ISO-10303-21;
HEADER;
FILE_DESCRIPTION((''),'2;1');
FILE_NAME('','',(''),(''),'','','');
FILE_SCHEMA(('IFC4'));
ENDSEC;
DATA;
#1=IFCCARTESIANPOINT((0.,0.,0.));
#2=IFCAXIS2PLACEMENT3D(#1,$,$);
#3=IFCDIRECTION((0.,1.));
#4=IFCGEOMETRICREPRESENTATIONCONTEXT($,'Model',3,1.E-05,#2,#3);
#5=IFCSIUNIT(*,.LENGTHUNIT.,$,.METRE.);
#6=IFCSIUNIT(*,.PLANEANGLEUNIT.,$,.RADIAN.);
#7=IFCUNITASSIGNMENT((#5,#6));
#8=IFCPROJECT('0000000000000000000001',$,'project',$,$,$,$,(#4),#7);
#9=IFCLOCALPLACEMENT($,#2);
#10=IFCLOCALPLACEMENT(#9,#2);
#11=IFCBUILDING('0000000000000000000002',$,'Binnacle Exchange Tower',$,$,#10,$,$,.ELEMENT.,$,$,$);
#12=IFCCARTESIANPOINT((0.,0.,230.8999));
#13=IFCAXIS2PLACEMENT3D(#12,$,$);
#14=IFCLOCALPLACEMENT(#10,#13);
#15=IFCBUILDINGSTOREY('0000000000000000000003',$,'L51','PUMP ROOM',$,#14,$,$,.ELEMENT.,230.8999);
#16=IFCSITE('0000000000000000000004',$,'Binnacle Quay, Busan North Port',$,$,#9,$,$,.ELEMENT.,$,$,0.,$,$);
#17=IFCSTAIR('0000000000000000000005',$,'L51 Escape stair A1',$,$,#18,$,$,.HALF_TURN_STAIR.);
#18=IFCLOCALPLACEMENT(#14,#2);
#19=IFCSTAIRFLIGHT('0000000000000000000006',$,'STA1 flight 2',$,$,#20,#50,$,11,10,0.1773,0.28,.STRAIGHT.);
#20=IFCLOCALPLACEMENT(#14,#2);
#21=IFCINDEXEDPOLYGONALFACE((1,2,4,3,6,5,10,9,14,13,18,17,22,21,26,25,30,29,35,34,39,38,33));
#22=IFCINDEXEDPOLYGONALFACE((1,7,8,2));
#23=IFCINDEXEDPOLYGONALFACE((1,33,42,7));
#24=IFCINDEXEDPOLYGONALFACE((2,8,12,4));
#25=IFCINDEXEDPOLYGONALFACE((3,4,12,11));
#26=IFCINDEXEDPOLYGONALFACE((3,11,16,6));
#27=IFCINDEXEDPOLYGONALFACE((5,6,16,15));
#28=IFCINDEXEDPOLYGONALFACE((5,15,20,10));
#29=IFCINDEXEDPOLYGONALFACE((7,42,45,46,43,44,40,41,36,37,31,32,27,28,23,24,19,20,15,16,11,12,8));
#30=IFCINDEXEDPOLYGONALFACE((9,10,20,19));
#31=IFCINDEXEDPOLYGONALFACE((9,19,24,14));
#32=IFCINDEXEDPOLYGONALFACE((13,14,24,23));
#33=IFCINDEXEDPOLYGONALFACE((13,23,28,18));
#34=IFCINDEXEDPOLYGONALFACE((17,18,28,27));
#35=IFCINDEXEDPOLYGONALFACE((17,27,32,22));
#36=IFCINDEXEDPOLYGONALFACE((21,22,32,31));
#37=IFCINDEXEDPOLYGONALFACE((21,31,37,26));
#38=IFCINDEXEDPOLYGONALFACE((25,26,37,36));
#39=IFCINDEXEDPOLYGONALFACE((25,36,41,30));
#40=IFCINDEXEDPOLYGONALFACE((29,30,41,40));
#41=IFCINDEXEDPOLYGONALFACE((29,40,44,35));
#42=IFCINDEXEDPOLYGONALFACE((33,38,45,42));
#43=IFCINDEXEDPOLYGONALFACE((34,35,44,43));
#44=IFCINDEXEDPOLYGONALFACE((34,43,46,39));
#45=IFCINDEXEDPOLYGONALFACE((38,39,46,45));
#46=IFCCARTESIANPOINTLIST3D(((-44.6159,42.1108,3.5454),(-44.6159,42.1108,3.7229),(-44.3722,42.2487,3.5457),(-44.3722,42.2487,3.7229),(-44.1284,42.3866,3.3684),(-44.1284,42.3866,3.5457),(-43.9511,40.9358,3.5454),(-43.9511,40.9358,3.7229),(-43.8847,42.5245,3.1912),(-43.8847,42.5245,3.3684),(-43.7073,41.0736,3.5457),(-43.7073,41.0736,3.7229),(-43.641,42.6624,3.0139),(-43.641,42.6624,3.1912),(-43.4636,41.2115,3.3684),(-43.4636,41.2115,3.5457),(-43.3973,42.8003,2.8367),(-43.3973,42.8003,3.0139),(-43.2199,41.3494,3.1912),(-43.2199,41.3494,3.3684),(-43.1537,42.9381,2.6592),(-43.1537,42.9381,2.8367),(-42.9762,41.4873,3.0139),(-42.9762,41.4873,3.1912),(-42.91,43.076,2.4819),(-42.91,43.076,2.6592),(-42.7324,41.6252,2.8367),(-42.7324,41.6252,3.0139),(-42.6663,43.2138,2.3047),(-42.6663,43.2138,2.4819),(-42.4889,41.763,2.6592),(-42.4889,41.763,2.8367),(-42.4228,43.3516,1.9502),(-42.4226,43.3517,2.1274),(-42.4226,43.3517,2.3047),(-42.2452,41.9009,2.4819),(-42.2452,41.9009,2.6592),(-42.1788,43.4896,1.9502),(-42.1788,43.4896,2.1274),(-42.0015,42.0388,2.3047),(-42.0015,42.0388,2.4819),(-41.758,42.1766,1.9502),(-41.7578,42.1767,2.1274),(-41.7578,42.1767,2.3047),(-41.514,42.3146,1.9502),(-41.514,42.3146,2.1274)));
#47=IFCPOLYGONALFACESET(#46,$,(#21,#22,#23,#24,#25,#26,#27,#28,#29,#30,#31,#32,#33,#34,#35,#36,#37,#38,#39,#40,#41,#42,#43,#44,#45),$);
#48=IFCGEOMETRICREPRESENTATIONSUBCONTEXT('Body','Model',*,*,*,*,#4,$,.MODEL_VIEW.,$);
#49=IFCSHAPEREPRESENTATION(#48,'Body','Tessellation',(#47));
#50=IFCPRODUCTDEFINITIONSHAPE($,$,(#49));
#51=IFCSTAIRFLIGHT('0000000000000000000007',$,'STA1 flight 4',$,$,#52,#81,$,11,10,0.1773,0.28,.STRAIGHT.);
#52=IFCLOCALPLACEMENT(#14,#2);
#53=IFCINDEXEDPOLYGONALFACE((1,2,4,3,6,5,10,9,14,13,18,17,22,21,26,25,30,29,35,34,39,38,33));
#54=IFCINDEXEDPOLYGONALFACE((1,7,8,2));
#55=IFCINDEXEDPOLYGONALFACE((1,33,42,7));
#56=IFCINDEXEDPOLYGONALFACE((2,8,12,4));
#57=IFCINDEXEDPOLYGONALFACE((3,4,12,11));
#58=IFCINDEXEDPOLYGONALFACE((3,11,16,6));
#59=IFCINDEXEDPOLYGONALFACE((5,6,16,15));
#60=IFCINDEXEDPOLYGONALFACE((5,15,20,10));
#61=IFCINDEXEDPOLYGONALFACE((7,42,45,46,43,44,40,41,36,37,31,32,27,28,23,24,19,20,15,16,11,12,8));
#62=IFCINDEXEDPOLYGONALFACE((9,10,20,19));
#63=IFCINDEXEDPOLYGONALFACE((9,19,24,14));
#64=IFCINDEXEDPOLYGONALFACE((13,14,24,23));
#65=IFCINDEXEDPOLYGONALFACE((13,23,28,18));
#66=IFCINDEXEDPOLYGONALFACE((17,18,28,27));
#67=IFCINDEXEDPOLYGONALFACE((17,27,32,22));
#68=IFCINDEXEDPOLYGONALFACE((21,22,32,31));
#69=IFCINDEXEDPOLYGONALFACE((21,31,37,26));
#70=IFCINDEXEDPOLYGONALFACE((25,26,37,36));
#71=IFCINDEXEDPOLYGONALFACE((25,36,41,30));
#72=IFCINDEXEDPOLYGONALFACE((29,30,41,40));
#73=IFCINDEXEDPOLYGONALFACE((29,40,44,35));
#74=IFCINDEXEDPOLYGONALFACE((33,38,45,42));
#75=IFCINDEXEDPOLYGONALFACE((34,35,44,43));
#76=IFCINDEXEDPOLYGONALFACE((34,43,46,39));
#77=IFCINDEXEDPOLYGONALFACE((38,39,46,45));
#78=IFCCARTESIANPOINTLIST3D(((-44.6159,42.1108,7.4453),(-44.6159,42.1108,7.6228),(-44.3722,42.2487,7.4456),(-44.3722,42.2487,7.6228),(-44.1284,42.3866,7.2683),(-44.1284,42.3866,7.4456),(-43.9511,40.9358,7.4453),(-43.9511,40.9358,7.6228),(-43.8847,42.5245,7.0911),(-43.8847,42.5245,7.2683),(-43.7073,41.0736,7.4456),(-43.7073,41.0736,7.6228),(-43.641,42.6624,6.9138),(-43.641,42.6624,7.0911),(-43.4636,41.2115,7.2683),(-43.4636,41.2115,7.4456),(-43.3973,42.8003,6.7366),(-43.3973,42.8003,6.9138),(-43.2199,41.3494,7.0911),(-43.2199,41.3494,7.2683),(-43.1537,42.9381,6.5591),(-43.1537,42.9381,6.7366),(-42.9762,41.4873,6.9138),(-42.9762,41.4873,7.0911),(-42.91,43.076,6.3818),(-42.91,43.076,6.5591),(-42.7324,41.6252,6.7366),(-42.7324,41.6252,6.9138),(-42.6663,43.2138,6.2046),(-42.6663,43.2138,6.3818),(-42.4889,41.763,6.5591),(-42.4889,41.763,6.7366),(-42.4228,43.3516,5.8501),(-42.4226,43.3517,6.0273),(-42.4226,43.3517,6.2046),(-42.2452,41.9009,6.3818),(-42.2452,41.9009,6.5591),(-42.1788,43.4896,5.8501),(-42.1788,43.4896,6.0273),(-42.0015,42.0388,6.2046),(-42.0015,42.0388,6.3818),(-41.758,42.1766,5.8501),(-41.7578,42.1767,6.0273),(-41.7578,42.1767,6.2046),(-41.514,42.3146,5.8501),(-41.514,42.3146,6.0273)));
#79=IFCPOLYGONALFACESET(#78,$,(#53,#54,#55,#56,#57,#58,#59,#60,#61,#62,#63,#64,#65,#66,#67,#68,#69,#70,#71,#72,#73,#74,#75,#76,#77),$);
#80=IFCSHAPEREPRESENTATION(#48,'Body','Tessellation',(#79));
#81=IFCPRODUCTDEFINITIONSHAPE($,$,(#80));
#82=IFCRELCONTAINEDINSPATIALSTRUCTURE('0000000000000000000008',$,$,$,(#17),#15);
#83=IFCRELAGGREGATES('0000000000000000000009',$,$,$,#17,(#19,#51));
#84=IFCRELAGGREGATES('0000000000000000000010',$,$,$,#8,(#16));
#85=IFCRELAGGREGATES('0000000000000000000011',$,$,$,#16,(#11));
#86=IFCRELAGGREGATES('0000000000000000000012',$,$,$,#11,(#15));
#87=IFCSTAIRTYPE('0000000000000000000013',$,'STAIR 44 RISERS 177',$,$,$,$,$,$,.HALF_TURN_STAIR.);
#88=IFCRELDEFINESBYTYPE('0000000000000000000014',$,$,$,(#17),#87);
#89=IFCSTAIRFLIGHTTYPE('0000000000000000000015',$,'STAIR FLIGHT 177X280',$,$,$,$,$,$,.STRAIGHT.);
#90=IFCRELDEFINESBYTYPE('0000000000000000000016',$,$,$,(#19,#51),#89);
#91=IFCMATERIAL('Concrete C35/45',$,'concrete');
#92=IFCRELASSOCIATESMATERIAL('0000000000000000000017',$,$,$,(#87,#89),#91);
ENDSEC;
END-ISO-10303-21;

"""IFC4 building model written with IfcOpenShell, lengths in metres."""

from ifc_helpers import new_model, si_unit, direction, frame, origin, place, context, subcontext, project, spatial, polyline, outline, extrude, material, type_object, element, aggregate, save


model = new_model("IFC4")

# Units and contexts
model_context = context("Model", 3, precision=1e-05, world=origin(), true_north=direction((0.0, 1.0)))
body_context = subcontext(model_context, "Body", "Model", "MODEL_VIEW")
ifc_project = project(units=[si_unit("LENGTHUNIT", "METRE"), si_unit("PLANEANGLEUNIT", "RADIAN")], contexts=[model_context])

# Site, building, storey
site_placement = place(None, origin())
site = spatial("IfcSite", under=ifc_project, at=site_placement, Name="Binnacle Quay, Busan North Port", CompositionType="ELEMENT", RefElevation=0.0)
building_placement = place(site_placement, origin())
building = spatial("IfcBuilding", under=site, at=building_placement, Name="Binnacle Exchange Tower", CompositionType="ELEMENT")
storey_placement = place(building_placement, frame((0.0, 0.0, 230.8999)))
storey = spatial("IfcBuildingStorey", under=building, at=storey_placement, Name="L51", Description="PUMP ROOM", CompositionType="ELEMENT", Elevation=230.8999)

# Stair, stair flights
ifc_material_1 = material(Name="Concrete C35/45", Category="concrete")
stair_type = type_object("IfcStairType", Name="STAIR 44 RISERS 177", PredefinedType="HALF_TURN_STAIR", material=ifc_material_1)
stair_placement = place(storey_placement, origin())
stair = element("IfcStair", 1, at=stair_placement, inside=storey, type_object=stair_type, Name="L51 Escape stair A1", PredefinedType="HALF_TURN_STAIR")
stair_flight_type = type_object("IfcStairFlightType", Name="STAIR FLIGHT 177X280", PredefinedType="STRAIGHT", material=ifc_material_1)
stair_flight_1_placement = place(storey_placement, frame((-41.8464, 42.9021, 1.9502), z_axis=(0.0, 0.0, 1.0), x_axis=(-0.870356, -0.492424, 0.0)))
stair_flight_1 = element("IfcStairFlight", 2, at=stair_flight_1_placement, type_object=stair_flight_type, Name="STA1 flight 2", NumberOfRisers=11, NumberOfTreads=10, PredefinedType="STRAIGHT", RiserHeight=0.1773, TreadLength=0.28, context=body_context, shape_type="SweptSolid", body=[
    extrude(outline(polyline([(0.0, 0.0), (0.0, 0.1772), (0.28, 0.1772), (0.28, 0.3545), (0.5601, 0.3545), (0.5601, 0.5317), (0.8401, 0.5317), (0.8401, 0.709), (1.1201, 0.709), (1.1201, 0.8865), (1.3999, 0.8865), (1.3999, 1.0637), (1.6799, 1.0637), (1.6799, 1.241), (1.96, 1.241), (1.96, 1.4182), (2.24, 1.4182), (2.24, 1.5955), (2.52, 1.5955), (2.52, 1.7727), (2.8, 1.7727), (2.8, 1.95), (2.8, 1.5952), (0.2803, 0.0), (0.0, 0.0)])), frame((0.0, 0.675, 0.0), z_axis=(0.0, -1.0, 0.0), x_axis=(1.0, 0.0, 0.0)), (0.0, 0.0, 1.0), 1.3501),
])
stair_flight_2_placement = place(storey_placement, frame((-41.8464, 42.9021, 5.8501), z_axis=(0.0, 0.0, 1.0), x_axis=(-0.870356, -0.492424, 0.0)))
stair_flight_2 = element("IfcStairFlight", 3, at=stair_flight_2_placement, type_object=stair_flight_type, Name="STA1 flight 4", NumberOfRisers=11, NumberOfTreads=10, PredefinedType="STRAIGHT", RiserHeight=0.1773, TreadLength=0.28, context=body_context, shape_type="SweptSolid", body=[
    extrude(outline(polyline([(0.0, 0.0), (0.0, 0.1772), (0.28, 0.1772), (0.28, 0.3545), (0.5601, 0.3545), (0.5601, 0.5317), (0.8401, 0.5317), (0.8401, 0.709), (1.1201, 0.709), (1.1201, 0.8865), (1.3999, 0.8865), (1.3999, 1.0637), (1.6799, 1.0637), (1.6799, 1.241), (1.96, 1.241), (1.96, 1.4182), (2.24, 1.4182), (2.24, 1.5955), (2.52, 1.5955), (2.52, 1.7727), (2.8, 1.7727), (2.8, 1.95), (2.8, 1.5952), (0.2803, 0.0), (0.0, 0.0)])), frame((0.0, 0.675, 0.0), z_axis=(0.0, -1.0, 0.0), x_axis=(1.0, 0.0, 0.0)), (0.0, 0.0, 1.0), 1.3501),
])
aggregate(stair, [stair_flight_1, stair_flight_2])

save(model, "model.ifc")
